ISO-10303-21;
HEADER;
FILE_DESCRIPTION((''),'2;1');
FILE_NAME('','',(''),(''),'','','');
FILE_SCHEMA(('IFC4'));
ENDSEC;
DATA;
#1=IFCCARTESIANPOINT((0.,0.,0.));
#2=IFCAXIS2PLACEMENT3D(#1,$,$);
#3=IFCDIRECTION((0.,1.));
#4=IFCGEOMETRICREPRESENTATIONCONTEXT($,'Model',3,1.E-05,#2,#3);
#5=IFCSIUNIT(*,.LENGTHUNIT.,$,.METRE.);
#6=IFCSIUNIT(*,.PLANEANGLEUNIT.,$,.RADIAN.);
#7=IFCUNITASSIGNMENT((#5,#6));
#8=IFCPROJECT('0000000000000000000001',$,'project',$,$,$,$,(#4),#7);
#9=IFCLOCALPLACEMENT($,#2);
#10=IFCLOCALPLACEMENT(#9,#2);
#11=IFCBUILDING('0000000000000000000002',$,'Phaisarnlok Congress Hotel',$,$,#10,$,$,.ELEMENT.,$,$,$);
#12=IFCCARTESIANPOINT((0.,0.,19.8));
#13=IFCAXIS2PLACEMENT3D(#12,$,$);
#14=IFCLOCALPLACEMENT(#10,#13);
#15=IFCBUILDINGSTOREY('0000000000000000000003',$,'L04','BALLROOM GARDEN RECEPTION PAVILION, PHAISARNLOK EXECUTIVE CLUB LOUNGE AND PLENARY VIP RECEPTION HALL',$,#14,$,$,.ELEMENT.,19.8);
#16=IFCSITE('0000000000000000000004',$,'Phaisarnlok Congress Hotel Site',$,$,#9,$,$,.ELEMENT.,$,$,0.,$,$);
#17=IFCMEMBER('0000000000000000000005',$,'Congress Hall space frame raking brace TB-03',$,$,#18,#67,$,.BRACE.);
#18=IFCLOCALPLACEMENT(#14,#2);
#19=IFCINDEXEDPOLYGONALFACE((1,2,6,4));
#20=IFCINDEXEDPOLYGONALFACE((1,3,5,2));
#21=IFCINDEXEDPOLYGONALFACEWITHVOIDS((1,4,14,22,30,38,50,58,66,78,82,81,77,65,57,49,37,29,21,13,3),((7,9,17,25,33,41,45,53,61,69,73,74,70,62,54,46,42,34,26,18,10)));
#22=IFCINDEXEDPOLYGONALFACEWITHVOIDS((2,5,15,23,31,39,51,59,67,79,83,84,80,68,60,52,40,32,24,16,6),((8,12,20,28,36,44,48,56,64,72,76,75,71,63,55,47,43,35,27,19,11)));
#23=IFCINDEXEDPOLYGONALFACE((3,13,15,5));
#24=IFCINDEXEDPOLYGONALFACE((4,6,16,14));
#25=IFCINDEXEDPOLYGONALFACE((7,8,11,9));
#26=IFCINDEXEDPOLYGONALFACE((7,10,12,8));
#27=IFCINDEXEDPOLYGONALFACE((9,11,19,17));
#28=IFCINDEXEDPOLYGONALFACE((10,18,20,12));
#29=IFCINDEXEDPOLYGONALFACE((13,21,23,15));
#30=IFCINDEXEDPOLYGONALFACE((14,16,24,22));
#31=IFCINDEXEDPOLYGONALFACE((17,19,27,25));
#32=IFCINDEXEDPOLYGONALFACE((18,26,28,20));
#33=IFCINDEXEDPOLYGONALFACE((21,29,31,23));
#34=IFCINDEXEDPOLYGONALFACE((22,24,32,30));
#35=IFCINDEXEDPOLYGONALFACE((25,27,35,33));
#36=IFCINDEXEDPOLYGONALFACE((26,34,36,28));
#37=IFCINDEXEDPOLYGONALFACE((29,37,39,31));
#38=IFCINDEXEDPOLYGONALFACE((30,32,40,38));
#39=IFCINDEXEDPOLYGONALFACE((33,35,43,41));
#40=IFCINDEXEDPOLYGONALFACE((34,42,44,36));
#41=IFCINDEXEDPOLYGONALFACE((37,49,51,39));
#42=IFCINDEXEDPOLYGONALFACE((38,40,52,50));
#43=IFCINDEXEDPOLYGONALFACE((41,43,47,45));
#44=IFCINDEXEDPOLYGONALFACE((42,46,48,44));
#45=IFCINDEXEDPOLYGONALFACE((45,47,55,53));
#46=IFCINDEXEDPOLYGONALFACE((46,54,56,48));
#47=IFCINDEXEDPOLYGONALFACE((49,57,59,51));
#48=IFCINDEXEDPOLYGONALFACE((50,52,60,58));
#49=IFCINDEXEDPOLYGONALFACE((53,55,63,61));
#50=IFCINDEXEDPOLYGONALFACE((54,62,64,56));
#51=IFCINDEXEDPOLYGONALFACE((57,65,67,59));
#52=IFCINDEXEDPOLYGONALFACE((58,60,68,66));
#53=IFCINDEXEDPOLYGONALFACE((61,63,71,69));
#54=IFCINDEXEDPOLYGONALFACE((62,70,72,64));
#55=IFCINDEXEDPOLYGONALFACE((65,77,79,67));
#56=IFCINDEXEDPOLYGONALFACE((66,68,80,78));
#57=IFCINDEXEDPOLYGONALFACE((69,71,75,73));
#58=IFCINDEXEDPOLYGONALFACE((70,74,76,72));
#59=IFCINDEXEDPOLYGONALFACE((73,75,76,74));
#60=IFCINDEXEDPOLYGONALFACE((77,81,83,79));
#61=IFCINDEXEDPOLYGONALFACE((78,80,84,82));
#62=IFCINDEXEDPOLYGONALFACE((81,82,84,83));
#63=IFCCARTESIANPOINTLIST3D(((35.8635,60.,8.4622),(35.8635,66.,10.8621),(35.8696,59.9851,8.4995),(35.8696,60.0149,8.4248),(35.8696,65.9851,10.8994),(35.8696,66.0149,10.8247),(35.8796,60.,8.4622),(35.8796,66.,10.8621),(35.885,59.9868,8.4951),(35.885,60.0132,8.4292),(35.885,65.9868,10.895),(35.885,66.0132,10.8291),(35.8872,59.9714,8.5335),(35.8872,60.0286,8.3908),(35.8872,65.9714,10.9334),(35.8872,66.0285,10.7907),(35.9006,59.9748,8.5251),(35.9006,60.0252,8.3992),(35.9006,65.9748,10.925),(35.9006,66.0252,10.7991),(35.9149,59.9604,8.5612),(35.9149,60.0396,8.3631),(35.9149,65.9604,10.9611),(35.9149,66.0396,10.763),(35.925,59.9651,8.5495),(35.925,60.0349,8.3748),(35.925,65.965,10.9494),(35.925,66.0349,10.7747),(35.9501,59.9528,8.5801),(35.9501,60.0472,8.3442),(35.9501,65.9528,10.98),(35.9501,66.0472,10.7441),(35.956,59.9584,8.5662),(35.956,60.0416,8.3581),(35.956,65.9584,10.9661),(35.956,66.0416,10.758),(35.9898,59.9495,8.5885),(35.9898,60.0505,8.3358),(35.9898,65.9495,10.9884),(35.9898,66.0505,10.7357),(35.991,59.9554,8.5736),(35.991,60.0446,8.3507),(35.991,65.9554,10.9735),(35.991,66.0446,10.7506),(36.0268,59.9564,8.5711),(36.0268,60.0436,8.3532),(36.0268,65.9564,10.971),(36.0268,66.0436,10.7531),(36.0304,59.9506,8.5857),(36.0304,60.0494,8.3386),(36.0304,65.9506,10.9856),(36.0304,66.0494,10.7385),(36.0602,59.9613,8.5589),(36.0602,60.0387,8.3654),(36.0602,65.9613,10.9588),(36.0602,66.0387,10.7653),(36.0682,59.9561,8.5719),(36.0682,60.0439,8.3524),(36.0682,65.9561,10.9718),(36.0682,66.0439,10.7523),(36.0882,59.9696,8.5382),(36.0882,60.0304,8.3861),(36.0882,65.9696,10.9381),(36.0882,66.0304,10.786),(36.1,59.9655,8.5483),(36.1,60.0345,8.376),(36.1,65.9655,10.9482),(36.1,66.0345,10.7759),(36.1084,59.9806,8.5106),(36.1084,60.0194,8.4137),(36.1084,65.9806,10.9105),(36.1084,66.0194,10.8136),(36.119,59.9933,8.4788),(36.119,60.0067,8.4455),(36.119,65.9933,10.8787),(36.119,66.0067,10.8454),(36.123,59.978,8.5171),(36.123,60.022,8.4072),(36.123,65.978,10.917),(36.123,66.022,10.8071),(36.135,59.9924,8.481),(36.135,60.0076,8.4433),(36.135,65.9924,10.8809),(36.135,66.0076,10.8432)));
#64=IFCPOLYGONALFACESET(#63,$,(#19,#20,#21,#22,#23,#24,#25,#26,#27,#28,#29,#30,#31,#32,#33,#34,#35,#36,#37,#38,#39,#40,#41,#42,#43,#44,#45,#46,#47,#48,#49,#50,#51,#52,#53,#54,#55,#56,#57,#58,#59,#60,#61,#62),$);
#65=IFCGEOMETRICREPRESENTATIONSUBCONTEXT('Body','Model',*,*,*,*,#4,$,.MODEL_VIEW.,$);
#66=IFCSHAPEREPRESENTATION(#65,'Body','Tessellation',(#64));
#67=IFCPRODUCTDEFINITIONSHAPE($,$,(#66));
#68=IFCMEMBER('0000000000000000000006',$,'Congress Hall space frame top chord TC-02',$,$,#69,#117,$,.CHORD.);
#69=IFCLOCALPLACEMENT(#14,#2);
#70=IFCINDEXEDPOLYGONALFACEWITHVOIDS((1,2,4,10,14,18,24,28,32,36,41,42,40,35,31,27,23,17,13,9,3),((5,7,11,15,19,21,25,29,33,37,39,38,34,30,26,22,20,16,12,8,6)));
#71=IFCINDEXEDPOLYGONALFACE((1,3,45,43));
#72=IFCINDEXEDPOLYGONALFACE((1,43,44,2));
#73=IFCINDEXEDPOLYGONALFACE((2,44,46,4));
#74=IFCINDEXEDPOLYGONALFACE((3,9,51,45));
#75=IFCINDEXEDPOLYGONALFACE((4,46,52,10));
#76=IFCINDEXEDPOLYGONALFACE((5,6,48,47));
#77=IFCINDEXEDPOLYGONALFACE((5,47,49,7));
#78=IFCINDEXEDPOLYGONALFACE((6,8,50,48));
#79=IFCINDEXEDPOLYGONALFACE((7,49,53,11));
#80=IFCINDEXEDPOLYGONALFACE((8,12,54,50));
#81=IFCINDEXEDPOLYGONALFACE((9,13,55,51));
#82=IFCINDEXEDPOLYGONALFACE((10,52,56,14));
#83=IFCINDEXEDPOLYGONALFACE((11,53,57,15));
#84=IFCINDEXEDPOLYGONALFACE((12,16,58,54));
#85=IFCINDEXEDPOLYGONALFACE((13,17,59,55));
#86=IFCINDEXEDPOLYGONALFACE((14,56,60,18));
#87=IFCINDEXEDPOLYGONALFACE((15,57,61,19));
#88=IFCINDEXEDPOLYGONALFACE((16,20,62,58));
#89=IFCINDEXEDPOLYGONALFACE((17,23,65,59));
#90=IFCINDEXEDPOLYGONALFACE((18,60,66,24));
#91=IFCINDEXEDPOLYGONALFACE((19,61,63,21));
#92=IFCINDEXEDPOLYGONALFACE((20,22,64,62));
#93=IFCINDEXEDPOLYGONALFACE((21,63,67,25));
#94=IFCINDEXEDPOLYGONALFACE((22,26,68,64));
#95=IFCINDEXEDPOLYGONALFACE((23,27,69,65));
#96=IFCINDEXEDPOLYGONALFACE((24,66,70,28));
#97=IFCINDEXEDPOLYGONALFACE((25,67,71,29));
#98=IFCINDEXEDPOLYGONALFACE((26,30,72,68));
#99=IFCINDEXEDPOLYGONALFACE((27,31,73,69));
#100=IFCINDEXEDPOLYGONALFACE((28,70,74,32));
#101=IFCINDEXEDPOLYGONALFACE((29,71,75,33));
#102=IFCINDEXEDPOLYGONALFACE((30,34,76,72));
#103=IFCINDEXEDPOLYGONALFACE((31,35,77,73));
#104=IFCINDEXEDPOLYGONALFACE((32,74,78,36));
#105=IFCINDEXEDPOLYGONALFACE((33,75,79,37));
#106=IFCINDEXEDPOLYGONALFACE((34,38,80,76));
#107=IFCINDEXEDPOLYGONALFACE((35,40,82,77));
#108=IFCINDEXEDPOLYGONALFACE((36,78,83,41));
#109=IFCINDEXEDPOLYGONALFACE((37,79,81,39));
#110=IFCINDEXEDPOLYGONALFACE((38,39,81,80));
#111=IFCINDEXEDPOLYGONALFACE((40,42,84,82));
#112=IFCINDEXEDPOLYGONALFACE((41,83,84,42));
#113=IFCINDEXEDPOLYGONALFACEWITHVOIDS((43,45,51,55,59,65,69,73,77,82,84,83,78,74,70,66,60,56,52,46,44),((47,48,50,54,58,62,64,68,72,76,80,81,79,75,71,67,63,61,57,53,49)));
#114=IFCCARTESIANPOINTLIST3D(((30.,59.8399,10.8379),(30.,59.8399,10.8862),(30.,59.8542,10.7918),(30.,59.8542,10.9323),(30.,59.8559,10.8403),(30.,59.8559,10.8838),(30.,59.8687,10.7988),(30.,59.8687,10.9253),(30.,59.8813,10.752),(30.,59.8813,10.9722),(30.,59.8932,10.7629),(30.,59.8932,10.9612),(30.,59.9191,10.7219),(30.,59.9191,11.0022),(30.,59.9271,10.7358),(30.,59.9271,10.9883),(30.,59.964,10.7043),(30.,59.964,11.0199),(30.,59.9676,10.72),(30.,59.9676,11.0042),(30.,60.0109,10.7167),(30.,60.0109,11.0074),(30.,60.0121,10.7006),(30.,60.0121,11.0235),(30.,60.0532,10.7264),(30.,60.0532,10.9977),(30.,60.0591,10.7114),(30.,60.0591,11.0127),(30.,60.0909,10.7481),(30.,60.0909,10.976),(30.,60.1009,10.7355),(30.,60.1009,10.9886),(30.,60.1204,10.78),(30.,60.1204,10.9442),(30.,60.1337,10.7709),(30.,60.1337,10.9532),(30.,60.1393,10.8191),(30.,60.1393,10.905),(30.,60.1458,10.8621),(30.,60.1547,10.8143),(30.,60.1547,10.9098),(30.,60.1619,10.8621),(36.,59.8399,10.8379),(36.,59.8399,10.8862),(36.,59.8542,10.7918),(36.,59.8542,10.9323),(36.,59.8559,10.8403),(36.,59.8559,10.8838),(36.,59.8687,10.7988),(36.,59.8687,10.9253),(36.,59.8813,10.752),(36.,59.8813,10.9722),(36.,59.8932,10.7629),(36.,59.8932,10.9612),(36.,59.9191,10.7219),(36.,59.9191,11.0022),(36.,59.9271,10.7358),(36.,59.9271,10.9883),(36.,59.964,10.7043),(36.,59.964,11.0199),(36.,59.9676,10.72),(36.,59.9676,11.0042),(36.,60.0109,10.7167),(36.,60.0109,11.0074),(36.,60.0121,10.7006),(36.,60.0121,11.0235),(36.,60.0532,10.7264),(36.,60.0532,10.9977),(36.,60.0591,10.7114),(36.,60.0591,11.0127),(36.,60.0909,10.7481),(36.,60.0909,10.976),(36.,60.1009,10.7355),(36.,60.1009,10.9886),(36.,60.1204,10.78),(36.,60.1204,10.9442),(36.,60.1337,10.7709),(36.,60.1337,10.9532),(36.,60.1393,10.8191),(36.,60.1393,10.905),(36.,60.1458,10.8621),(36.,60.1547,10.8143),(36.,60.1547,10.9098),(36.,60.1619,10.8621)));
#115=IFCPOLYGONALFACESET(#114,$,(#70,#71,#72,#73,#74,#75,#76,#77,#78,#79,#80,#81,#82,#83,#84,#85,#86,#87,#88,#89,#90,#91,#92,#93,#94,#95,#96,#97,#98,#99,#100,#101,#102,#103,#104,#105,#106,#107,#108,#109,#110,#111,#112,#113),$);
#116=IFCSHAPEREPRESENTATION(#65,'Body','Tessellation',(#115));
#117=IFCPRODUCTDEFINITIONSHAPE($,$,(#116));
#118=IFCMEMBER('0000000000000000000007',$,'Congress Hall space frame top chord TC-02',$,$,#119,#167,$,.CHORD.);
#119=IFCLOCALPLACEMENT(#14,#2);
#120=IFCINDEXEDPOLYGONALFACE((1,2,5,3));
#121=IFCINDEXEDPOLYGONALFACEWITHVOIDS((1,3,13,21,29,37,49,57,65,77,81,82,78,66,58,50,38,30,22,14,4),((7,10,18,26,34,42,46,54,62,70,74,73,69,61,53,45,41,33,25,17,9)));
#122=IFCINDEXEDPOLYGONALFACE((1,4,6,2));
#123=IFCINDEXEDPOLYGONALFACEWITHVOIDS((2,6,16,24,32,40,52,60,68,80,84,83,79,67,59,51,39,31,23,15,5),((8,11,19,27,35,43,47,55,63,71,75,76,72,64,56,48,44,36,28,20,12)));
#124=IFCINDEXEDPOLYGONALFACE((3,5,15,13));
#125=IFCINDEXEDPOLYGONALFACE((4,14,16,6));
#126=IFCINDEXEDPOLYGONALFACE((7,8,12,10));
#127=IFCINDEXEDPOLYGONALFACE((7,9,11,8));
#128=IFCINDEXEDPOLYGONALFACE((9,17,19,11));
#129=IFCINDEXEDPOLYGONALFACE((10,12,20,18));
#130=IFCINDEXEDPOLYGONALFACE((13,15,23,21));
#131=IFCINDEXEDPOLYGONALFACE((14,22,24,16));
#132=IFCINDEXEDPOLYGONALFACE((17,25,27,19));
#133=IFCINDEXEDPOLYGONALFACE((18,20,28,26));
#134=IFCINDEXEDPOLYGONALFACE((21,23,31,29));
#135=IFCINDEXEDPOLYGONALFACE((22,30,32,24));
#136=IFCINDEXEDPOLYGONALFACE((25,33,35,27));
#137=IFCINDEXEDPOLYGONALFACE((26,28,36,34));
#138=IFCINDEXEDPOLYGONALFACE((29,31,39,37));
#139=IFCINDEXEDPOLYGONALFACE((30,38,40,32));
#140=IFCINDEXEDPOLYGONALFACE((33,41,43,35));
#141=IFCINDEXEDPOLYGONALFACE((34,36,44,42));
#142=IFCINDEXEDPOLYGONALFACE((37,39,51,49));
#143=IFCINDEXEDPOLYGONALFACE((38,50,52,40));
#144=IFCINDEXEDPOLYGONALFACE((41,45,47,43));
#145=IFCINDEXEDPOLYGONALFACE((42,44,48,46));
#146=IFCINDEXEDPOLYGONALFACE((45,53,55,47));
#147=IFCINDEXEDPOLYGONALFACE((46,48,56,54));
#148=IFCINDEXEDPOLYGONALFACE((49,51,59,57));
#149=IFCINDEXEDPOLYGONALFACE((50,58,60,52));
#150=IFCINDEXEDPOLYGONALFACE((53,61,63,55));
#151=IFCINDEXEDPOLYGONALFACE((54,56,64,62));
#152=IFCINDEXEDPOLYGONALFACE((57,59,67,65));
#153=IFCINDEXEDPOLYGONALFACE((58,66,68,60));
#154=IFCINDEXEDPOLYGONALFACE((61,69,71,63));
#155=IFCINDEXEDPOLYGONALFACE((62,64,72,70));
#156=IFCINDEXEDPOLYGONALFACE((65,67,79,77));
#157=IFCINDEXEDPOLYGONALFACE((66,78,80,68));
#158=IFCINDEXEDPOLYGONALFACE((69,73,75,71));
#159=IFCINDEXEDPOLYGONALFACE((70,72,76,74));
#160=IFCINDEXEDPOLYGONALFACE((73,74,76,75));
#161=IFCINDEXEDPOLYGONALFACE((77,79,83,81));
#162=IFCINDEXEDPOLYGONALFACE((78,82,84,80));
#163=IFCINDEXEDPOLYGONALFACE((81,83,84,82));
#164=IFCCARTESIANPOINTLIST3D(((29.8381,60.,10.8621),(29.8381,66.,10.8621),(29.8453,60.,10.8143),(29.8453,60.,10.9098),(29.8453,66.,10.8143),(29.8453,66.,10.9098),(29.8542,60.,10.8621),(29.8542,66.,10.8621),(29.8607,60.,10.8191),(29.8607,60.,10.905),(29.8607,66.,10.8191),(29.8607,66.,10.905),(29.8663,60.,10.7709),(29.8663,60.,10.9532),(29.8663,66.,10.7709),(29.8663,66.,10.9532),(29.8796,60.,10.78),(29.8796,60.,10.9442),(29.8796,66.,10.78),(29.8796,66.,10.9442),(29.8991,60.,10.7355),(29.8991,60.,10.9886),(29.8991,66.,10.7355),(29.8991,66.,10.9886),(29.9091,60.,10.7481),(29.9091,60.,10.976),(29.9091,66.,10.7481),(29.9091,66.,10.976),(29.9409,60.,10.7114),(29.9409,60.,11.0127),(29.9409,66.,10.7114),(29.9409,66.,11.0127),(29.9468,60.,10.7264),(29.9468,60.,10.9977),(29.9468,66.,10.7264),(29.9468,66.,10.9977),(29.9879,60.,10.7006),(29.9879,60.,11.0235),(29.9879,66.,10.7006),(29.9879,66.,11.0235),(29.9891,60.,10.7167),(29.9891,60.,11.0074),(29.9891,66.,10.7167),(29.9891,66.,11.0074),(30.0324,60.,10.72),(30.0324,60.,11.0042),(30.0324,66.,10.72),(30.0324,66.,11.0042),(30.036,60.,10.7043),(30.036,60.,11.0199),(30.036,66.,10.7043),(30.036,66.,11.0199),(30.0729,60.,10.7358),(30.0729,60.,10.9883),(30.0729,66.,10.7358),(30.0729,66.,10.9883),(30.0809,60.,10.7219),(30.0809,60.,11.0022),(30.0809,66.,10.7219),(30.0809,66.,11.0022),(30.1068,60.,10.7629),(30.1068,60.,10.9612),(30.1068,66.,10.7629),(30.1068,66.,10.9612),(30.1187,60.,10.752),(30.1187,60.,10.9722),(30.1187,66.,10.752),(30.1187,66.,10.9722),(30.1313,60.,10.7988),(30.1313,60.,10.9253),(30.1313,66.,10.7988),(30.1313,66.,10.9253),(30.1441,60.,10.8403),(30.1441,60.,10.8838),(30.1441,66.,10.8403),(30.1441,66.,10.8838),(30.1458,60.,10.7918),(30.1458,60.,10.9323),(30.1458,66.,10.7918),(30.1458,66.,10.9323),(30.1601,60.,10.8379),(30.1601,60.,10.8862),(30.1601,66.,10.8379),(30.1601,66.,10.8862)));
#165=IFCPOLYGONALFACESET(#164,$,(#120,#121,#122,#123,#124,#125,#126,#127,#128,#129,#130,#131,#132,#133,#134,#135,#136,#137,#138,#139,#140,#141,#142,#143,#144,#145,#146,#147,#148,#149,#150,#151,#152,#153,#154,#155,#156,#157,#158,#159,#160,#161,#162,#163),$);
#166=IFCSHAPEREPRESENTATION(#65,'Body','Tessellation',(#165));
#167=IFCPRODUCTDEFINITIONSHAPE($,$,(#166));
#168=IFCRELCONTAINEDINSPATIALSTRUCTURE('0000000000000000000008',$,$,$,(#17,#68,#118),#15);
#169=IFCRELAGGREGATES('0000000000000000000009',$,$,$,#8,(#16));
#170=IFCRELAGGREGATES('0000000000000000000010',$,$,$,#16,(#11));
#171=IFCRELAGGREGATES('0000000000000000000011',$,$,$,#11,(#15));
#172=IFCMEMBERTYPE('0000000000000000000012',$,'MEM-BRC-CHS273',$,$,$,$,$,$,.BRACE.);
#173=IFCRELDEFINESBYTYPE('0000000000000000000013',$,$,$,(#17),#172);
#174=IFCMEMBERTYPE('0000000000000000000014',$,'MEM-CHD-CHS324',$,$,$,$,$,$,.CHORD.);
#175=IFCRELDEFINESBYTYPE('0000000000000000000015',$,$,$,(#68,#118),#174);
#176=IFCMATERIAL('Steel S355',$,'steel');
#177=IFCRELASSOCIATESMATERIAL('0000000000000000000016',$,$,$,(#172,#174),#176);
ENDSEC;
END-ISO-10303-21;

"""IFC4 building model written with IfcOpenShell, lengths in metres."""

from ifc_helpers import new_model, si_unit, direction, frame, origin, origin_2d, place, context, subcontext, project, spatial, hollow_circle, extrude, material, material_profile, profile_set, type_object, element, save


model = new_model("IFC4")

# Units and contexts
model_context = context("Model", 3, precision=1e-05, world=origin(), true_north=direction((0.0, 1.0)))
body_context = subcontext(model_context, "Body", "Model", "MODEL_VIEW")
ifc_project = project(units=[si_unit("LENGTHUNIT", "METRE"), si_unit("PLANEANGLEUNIT", "RADIAN")], contexts=[model_context])

# Site, building, storey
site_placement = place(None, origin())
site = spatial("IfcSite", under=ifc_project, at=site_placement, Name="Phaisarnlok Congress Hotel Site", CompositionType="ELEMENT", RefElevation=0.0)
building_placement = place(site_placement, origin())
building = spatial("IfcBuilding", under=site, at=building_placement, Name="Phaisarnlok Congress Hotel", CompositionType="ELEMENT")
storey_placement = place(building_placement, frame((0.0, 0.0, 19.8)))
storey = spatial("IfcBuildingStorey", under=building, at=storey_placement, Name="L04", Description="BALLROOM GARDEN RECEPTION PAVILION, PHAISARNLOK EXECUTIVE CLUB LOUNGE AND PLENARY VIP RECEPTION HALL", CompositionType="ELEMENT", Elevation=19.8)

# Members
ifc_material = material(Name="Steel S355", Category="steel")
ifc_material_profile_1 = material_profile(ifc_material, hollow_circle(Radius=0.1365, WallThickness=0.0161, at=origin_2d()), Name="CHS 273x16")
ifc_profile_set_1 = profile_set([ifc_material_profile_1], Name="Steel S355")
member_type_1 = type_object("IfcMemberType", Name="MEM-BRC-CHS273", PredefinedType="BRACE", material=ifc_profile_set_1)
member_1_placement = place(storey_placement, frame((36.0, 60.0, 8.4622), z_axis=(0.0, 0.928482, 0.371378), x_axis=(-1.0, 0.0, 0.0)))
element("IfcMember", 1, at=member_1_placement, inside=storey, type_object=member_type_1, Name="Congress Hall space frame raking brace TB-03", PredefinedType="BRACE", context=body_context, shape_type="SweptSolid", body=[
    extrude(hollow_circle(Radius=0.1365, WallThickness=0.0161, at=origin_2d()), origin(), (0.0, 0.0, 1.0), 6.4622),
])
ifc_material_profile_2 = material_profile(ifc_material, hollow_circle(Radius=0.1619, WallThickness=0.0161, at=origin_2d()), Name="CHS 323.9x16")
ifc_profile_set_2 = profile_set([ifc_material_profile_2], Name="Steel S355")
member_type_2 = type_object("IfcMemberType", Name="MEM-CHD-CHS324", PredefinedType="CHORD", material=ifc_profile_set_2)
for number, where, z_axis, x_axis, name in (
    (2, (30.0, 60.0, 10.8621), (1.0, 0.0, 0.0), (0.0, 1.0, 0.0), "Congress Hall space frame top chord TC-02"),
    (3, (30.0, 60.0, 10.8621), (0.0, 1.0, 0.0), (-1.0, 0.0, 0.0), "Congress Hall space frame top chord TC-02"),
):
    element("IfcMember", number, at=place(storey_placement, frame(where, z_axis=z_axis, x_axis=x_axis)), inside=storey, type_object=member_type_2, Name=name, PredefinedType="CHORD", context=body_context, shape_type="SweptSolid", body=[
        extrude(hollow_circle(Radius=0.1619, WallThickness=0.0161, at=origin_2d()), origin(), (0.0, 0.0, 1.0), 6.0),
    ])

save(model, "model.ifc")
